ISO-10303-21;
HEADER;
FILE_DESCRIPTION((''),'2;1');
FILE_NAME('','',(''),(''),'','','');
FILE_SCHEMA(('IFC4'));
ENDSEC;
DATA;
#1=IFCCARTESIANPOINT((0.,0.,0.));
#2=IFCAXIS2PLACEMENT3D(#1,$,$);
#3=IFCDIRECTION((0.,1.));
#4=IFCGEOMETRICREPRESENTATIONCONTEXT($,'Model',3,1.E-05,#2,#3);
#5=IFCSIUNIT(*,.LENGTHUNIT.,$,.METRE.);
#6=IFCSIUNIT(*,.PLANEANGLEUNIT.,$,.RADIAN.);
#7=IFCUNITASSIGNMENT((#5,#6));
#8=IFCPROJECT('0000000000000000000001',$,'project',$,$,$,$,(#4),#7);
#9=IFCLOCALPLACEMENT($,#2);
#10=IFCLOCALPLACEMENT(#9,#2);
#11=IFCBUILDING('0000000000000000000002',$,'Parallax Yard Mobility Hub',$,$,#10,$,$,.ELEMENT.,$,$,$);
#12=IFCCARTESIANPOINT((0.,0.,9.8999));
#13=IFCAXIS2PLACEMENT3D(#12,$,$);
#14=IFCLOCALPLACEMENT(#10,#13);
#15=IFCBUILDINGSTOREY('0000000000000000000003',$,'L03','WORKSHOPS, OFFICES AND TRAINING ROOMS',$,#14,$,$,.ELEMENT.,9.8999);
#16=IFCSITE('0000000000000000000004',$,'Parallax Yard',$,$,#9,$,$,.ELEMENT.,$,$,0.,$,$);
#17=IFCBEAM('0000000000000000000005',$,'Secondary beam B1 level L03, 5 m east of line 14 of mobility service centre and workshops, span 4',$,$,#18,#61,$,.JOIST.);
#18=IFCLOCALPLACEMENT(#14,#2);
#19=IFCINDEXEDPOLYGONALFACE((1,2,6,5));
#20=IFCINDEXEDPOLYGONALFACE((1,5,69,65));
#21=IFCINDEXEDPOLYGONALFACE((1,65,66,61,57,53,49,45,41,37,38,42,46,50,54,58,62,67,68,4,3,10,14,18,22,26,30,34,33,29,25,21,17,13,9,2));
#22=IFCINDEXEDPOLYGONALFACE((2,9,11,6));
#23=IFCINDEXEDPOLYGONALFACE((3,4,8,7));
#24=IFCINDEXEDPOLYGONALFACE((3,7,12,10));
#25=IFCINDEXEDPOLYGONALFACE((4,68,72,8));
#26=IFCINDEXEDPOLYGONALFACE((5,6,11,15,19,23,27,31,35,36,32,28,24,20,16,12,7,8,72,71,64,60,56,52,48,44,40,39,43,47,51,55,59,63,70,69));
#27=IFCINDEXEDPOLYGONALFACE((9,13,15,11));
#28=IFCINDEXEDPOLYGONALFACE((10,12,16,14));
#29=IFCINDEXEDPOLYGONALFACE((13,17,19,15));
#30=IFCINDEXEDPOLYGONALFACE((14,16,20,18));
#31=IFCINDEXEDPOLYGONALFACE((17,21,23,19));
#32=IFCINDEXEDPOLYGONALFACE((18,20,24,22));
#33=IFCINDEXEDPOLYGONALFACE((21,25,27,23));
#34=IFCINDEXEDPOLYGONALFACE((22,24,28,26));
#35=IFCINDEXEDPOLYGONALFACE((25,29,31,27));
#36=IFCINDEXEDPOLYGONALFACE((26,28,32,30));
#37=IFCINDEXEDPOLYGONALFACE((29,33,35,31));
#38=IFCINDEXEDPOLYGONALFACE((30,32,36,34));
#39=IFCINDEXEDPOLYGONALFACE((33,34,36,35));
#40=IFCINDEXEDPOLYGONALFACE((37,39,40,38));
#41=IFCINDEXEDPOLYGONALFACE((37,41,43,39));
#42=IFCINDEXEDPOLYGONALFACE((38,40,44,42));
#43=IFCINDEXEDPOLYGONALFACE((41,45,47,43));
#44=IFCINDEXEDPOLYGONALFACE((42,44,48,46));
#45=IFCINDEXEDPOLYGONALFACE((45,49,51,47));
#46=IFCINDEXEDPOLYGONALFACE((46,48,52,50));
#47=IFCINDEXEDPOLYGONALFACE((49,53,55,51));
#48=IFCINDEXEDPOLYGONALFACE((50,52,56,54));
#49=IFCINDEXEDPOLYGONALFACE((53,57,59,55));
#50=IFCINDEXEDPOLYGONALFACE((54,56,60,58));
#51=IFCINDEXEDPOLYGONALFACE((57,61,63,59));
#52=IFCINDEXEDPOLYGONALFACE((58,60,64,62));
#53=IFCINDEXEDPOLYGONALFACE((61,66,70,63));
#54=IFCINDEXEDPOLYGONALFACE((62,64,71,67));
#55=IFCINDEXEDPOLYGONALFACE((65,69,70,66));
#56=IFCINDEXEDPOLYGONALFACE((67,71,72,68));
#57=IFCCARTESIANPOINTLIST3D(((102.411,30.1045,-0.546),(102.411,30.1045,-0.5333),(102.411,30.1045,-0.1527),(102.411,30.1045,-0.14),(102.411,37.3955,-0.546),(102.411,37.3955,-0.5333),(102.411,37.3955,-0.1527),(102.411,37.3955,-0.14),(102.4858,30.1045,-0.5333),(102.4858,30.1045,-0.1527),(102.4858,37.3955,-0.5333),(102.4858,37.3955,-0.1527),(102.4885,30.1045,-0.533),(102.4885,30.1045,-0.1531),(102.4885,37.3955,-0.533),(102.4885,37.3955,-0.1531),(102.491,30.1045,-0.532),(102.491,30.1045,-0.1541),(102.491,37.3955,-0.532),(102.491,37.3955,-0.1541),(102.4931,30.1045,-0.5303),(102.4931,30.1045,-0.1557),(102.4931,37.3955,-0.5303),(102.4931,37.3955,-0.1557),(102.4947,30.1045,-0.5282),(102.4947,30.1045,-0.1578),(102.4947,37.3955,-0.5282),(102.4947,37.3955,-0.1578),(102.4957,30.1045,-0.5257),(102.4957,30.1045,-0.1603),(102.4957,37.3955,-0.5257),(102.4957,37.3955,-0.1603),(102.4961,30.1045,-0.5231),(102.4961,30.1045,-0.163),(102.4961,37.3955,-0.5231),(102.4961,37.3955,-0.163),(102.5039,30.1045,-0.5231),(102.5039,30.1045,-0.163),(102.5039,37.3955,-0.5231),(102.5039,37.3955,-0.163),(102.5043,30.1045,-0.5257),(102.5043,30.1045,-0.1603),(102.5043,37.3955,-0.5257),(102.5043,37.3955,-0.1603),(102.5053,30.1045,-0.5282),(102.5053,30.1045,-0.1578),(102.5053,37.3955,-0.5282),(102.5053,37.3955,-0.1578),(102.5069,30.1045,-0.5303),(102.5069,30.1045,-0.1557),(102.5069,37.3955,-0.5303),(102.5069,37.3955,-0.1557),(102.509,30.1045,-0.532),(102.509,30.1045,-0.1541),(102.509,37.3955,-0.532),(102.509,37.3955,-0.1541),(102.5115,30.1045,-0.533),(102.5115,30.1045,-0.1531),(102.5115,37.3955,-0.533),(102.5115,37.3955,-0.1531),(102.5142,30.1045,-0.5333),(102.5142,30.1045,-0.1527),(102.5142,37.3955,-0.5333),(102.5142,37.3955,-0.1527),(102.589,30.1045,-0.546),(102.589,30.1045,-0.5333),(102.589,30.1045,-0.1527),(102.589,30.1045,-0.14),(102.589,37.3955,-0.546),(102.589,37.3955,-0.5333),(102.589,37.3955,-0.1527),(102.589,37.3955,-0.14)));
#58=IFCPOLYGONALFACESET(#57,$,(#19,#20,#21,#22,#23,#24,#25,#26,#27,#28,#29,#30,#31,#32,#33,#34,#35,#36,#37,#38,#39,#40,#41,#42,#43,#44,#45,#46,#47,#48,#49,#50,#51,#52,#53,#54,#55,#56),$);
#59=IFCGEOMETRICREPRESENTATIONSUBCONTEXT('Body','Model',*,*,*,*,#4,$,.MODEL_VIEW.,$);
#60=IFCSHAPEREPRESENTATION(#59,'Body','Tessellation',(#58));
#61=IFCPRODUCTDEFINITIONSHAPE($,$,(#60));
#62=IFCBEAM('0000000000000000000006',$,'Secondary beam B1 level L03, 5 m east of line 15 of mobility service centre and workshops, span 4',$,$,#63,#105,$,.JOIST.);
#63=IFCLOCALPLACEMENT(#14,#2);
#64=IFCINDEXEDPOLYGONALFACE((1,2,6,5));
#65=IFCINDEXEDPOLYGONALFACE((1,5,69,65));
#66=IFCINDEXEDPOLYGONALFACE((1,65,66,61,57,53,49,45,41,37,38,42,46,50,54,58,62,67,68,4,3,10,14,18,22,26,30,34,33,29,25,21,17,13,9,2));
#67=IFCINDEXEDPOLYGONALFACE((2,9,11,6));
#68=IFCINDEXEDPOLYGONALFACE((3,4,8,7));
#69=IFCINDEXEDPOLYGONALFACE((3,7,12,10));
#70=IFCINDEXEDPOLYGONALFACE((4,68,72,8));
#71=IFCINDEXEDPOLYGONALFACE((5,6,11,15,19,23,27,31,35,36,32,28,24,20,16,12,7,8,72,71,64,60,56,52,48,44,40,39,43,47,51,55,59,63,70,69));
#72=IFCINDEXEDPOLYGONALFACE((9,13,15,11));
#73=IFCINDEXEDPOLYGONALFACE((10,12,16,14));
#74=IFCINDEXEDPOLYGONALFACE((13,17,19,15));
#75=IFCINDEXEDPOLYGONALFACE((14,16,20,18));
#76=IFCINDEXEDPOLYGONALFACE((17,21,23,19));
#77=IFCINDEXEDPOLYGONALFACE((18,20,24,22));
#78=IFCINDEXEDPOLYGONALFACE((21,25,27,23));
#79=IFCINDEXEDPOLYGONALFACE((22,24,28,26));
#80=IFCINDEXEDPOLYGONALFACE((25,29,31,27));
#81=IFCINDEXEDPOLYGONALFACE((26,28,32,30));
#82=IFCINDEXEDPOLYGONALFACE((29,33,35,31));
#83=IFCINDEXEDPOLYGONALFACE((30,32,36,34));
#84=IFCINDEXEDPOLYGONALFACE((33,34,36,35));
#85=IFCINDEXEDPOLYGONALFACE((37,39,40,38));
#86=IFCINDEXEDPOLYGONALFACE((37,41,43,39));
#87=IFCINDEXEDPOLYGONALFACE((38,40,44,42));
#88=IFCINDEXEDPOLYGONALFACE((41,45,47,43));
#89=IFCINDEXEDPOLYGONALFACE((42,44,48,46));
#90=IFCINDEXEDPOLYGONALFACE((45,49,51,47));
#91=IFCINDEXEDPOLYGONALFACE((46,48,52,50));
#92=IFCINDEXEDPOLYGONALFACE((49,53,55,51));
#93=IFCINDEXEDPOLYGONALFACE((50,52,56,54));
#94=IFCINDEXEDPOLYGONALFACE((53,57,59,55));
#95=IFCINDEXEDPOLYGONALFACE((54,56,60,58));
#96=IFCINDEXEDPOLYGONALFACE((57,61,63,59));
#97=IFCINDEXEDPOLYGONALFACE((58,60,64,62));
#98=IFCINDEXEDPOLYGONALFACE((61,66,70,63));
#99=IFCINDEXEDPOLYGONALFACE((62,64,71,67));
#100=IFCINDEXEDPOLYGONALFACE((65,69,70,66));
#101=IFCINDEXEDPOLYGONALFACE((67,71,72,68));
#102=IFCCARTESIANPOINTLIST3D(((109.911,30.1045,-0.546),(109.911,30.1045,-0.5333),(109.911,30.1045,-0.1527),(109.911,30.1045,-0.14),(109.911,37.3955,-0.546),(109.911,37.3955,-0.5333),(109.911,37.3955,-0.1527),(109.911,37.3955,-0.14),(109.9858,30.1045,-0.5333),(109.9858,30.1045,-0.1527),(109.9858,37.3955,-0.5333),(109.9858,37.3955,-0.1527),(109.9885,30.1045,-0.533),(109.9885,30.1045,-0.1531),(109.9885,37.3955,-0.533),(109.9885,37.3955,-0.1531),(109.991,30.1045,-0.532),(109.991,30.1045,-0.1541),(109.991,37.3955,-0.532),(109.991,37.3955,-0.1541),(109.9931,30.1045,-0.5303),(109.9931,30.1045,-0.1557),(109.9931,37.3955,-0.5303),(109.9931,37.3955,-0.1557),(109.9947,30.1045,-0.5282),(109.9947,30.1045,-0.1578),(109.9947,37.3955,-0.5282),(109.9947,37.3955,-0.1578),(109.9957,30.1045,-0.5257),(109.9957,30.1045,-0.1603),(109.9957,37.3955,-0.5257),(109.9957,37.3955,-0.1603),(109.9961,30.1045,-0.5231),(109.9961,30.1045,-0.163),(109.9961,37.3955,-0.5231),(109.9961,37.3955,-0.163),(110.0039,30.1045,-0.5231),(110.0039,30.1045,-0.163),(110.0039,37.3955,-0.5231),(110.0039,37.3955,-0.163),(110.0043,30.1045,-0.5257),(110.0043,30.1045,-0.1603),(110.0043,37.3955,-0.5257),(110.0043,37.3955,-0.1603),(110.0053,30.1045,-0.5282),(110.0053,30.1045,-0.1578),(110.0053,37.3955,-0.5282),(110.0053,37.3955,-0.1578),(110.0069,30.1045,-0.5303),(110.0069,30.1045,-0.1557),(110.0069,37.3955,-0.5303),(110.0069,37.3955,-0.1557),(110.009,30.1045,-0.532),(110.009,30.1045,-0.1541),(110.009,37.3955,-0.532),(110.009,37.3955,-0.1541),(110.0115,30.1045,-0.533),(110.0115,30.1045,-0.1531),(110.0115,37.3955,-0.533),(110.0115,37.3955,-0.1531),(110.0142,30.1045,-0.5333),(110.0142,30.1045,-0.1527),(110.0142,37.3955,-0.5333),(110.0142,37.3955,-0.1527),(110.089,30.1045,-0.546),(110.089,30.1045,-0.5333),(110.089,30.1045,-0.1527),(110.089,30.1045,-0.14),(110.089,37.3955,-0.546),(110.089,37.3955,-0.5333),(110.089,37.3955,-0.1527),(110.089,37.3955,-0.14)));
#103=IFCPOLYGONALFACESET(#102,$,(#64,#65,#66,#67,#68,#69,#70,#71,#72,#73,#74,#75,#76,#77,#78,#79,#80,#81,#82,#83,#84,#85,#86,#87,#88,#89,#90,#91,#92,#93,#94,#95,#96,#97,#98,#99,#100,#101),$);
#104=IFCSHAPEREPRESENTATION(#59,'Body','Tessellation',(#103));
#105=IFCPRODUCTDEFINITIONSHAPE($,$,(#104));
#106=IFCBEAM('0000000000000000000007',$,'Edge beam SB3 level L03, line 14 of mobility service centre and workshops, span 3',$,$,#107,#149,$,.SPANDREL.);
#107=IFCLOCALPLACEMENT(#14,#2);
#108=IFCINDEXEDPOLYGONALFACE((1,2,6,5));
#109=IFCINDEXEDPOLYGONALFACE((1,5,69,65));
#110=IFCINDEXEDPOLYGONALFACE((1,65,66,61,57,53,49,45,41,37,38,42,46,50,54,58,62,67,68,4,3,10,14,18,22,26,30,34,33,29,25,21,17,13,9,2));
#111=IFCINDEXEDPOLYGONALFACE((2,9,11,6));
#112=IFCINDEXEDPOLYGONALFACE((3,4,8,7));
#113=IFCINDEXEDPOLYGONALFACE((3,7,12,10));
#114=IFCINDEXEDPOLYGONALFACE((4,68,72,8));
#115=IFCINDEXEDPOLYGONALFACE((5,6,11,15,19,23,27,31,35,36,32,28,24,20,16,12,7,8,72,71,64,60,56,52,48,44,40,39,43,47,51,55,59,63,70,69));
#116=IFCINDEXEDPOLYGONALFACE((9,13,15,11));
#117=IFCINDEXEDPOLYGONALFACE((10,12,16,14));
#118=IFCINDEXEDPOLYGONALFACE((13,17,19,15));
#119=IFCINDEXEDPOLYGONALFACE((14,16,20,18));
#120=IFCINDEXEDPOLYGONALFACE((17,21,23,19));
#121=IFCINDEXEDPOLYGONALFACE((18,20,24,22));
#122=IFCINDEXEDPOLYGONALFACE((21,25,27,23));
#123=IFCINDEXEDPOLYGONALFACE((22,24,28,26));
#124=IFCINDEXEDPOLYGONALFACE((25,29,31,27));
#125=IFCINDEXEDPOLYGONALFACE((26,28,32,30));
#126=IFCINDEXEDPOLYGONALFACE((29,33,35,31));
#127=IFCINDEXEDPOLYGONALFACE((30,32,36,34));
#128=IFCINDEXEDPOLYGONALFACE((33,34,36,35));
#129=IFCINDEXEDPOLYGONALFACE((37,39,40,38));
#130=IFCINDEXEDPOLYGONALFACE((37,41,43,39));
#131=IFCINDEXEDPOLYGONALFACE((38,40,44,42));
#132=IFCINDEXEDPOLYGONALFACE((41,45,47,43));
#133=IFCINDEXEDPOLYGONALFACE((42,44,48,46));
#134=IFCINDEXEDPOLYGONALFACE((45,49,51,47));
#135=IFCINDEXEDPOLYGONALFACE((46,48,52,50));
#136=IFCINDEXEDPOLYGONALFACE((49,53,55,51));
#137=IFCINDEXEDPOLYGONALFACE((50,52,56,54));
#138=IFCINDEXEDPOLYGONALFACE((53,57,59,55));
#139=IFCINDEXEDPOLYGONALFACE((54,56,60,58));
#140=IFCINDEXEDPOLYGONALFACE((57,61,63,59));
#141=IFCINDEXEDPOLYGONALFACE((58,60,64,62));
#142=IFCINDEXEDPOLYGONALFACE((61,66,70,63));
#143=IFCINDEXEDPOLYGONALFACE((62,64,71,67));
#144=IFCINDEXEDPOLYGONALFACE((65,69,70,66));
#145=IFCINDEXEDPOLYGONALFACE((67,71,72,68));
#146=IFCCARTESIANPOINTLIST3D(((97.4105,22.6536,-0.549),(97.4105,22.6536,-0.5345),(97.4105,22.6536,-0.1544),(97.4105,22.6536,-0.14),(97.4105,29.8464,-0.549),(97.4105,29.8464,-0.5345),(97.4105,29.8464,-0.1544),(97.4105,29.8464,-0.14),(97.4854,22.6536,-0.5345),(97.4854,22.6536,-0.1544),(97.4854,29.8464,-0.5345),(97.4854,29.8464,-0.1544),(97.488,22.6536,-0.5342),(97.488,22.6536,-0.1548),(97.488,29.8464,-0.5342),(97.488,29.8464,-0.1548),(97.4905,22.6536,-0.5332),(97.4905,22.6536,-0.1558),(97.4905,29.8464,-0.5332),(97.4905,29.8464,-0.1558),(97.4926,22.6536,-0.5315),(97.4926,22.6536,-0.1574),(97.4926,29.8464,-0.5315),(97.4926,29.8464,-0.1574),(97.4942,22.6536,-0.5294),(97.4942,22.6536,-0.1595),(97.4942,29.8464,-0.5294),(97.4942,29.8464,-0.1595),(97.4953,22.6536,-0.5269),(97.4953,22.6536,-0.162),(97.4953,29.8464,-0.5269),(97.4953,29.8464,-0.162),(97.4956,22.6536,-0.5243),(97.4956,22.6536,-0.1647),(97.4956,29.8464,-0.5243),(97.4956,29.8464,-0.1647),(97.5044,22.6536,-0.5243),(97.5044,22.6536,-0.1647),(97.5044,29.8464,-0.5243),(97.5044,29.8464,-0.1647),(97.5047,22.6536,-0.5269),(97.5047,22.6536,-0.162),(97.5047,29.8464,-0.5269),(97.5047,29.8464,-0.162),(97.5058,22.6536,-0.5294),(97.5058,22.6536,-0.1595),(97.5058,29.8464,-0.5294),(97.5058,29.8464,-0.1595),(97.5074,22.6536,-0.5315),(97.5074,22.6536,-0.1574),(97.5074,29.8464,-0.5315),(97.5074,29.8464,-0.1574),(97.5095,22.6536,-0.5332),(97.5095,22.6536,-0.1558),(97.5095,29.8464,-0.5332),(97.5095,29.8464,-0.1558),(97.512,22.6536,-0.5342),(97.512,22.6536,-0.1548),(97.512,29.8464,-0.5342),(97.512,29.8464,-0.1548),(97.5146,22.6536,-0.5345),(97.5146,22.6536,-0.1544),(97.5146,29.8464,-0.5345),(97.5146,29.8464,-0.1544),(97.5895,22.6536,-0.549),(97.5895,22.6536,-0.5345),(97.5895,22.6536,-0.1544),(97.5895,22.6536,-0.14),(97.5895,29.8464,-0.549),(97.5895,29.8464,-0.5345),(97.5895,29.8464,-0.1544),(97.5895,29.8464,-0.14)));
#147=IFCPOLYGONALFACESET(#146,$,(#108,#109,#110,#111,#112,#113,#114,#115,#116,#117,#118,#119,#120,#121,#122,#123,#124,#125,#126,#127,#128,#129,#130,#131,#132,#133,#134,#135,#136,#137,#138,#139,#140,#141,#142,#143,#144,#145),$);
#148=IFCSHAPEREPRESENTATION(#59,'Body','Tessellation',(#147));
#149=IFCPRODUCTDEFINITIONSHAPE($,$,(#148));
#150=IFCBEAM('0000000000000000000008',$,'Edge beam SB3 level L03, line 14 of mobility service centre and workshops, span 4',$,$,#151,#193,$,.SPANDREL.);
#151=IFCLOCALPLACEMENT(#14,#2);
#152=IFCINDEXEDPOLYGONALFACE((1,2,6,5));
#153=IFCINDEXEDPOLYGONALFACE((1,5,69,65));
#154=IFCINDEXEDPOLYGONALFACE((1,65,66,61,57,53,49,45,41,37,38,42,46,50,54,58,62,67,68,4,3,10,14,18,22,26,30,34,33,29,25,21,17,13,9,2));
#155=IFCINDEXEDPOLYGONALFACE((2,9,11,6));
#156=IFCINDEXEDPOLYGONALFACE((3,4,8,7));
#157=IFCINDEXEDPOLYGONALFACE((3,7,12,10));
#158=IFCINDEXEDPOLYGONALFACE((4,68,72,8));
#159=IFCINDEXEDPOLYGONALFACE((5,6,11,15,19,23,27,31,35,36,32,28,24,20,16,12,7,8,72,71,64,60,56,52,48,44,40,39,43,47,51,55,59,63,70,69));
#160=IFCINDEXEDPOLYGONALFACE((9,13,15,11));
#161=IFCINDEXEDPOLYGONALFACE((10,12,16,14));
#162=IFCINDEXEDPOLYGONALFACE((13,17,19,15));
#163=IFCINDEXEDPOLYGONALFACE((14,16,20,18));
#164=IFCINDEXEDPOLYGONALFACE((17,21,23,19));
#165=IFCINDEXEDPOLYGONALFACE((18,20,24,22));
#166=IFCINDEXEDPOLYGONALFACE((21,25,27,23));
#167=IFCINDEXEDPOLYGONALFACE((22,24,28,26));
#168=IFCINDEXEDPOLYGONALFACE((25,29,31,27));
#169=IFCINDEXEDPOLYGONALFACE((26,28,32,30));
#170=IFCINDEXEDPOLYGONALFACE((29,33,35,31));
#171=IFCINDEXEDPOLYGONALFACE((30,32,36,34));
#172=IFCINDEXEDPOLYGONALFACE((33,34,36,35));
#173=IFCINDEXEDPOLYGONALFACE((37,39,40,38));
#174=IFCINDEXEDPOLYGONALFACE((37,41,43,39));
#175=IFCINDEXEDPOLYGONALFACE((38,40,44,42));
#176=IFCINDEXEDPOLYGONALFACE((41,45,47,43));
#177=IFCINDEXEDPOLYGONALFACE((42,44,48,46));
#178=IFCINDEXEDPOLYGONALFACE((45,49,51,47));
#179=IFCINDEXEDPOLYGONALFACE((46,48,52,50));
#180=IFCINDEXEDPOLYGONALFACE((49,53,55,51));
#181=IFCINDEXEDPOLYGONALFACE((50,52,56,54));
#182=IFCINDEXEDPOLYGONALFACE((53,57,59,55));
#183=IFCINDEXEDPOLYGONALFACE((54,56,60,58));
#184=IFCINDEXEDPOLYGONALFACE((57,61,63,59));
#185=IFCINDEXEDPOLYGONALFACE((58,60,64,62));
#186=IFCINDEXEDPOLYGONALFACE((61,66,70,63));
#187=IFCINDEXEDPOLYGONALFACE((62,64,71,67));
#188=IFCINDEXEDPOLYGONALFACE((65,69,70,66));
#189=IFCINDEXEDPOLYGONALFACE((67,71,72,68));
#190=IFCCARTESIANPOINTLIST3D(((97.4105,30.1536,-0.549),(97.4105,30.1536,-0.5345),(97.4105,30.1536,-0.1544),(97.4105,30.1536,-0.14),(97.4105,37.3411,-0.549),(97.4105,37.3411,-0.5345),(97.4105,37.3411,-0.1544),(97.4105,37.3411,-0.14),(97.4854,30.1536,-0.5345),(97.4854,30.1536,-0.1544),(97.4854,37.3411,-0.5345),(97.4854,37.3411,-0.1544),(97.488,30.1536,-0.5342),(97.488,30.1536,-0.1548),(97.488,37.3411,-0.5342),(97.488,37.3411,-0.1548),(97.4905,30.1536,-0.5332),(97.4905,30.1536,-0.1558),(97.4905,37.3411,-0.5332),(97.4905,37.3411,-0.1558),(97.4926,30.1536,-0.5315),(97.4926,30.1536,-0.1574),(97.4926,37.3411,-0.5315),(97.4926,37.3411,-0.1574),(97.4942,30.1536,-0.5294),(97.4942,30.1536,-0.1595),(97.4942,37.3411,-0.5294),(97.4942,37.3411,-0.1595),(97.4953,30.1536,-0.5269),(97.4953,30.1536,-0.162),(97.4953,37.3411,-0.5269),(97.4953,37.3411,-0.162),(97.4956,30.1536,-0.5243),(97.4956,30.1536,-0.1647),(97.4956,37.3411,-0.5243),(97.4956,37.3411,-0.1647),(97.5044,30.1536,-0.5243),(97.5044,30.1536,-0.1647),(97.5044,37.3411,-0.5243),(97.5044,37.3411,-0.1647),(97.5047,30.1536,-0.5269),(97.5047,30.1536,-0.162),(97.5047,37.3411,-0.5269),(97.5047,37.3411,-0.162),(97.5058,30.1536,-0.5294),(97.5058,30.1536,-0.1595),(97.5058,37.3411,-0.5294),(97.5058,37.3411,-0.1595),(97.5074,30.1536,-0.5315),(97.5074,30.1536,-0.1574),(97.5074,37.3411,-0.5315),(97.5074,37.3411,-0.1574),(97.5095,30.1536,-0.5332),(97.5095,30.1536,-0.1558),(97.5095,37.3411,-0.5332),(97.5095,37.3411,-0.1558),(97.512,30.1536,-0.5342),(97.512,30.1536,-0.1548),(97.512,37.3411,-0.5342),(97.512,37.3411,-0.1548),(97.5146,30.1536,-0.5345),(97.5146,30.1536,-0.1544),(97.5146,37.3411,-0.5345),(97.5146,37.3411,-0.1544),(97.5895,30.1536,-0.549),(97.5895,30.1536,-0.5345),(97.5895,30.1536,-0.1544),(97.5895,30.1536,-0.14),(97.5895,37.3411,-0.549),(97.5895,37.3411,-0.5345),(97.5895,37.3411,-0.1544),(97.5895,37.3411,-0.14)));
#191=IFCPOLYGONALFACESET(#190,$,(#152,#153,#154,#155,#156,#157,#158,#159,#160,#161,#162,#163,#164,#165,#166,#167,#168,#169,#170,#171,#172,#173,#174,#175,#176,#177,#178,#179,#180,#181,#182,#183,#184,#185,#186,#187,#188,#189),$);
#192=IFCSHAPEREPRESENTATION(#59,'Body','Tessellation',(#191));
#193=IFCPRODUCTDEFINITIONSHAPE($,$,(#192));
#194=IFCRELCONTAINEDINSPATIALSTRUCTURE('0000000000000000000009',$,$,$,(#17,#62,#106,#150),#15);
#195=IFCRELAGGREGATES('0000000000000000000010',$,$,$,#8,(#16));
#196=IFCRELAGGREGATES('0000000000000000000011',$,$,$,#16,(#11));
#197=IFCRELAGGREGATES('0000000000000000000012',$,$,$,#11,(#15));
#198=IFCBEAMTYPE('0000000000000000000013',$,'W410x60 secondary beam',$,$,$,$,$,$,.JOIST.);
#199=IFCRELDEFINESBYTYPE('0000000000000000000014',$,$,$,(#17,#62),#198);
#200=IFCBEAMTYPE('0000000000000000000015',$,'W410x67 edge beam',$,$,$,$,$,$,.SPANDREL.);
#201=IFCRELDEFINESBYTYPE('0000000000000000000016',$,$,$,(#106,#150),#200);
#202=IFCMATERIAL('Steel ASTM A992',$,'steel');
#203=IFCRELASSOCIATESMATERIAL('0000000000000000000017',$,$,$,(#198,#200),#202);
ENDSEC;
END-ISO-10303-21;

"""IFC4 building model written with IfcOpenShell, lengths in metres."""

from ifc_helpers import new_model, si_unit, direction, frame, origin, origin_2d, place, context, subcontext, project, spatial, i_section, extrude, material, material_profile, profile_set, type_object, element, save


model = new_model("IFC4")

# Units and contexts
model_context = context("Model", 3, precision=1e-05, world=origin(), true_north=direction((0.0, 1.0)))
body_context = subcontext(model_context, "Body", "Model", "MODEL_VIEW")
ifc_project = project(units=[si_unit("LENGTHUNIT", "METRE"), si_unit("PLANEANGLEUNIT", "RADIAN")], contexts=[model_context])

# Site, building, storey
site_placement = place(None, origin())
site = spatial("IfcSite", under=ifc_project, at=site_placement, Name="Parallax Yard", CompositionType="ELEMENT", RefElevation=0.0)
building_placement = place(site_placement, origin())
building = spatial("IfcBuilding", under=site, at=building_placement, Name="Parallax Yard Mobility Hub", CompositionType="ELEMENT")
storey_placement = place(building_placement, frame((0.0, 0.0, 9.8999)))
storey = spatial("IfcBuildingStorey", under=building, at=storey_placement, Name="L03", Description="WORKSHOPS, OFFICES AND TRAINING ROOMS", CompositionType="ELEMENT", Elevation=9.8999)

# Shared definitions
ifc_material_1 = material(Name="Steel ASTM A992", Category="steel")

# Beams
ifc_material_profile_1 = material_profile(ifc_material_1, i_section(OverallWidth=0.178, OverallDepth=0.406, WebThickness=0.0078, FlangeThickness=0.0127, FilletRadius=0.0103, at=origin_2d()), Name="W410x60")
ifc_profile_set_1 = profile_set([ifc_material_profile_1], Name="Steel ASTM A992")
beam_type_1 = type_object("IfcBeamType", Name="W410x60 secondary beam", PredefinedType="JOIST", material=ifc_profile_set_1)
for number, where, z_axis, x_axis, name in (
    (1, (102.5, 30.1045, -0.343), (0.0, 1.0, 0.0), (-1.0, 0.0, 0.0), "Secondary beam B1 level L03, 5 m east of line 14 of mobility service centre and workshops, span 4"),
    (2, (110.0, 30.1045, -0.343), (0.0, 1.0, 0.0), (-1.0, 0.0, 0.0), "Secondary beam B1 level L03, 5 m east of line 15 of mobility service centre and workshops, span 4"),
):
    element("IfcBeam", number, at=place(storey_placement, frame(where, z_axis=z_axis, x_axis=x_axis)), inside=storey, type_object=beam_type_1, Name=name, PredefinedType="JOIST", context=body_context, shape_type="SweptSolid", body=[
        extrude(i_section(OverallWidth=0.178, OverallDepth=0.406, WebThickness=0.0078, FlangeThickness=0.0127, FilletRadius=0.0103, at=origin_2d()), origin(), (0.0, 0.0, 1.0), 7.291),
    ])
ifc_material_profile_2 = material_profile(ifc_material_1, i_section(OverallWidth=0.179, OverallDepth=0.4089, WebThickness=0.0088, FlangeThickness=0.0144, FilletRadius=0.0103, at=origin_2d()), Name="W410x67")
ifc_profile_set_2 = profile_set([ifc_material_profile_2], Name="Steel ASTM A992")
beam_type_2 = type_object("IfcBeamType", Name="W410x67 edge beam", PredefinedType="SPANDREL", material=ifc_profile_set_2)
beam_1_placement = place(storey_placement, frame((97.5, 22.6536, -0.3445), z_axis=(0.0, 1.0, 0.0), x_axis=(-1.0, 0.0, 0.0)))
element("IfcBeam", 3, at=beam_1_placement, inside=storey, type_object=beam_type_2, Name="Edge beam SB3 level L03, line 14 of mobility service centre and workshops, span 3", PredefinedType="SPANDREL", context=body_context, shape_type="SweptSolid", body=[
    extrude(i_section(OverallWidth=0.179, OverallDepth=0.4089, WebThickness=0.0088, FlangeThickness=0.0144, FilletRadius=0.0103, at=origin_2d()), origin(), (0.0, 0.0, 1.0), 7.1929),
])
beam_2_placement = place(storey_placement, frame((97.5, 30.1536, -0.3445), z_axis=(0.0, 1.0, 0.0), x_axis=(-1.0, 0.0, 0.0)))
element("IfcBeam", 4, at=beam_2_placement, inside=storey, type_object=beam_type_2, Name="Edge beam SB3 level L03, line 14 of mobility service centre and workshops, span 4", PredefinedType="SPANDREL", context=body_context, shape_type="SweptSolid", body=[
    extrude(i_section(OverallWidth=0.179, OverallDepth=0.4089, WebThickness=0.0088, FlangeThickness=0.0144, FilletRadius=0.0103, at=origin_2d()), origin(), (0.0, 0.0, 1.0), 7.1875),
])

save(model, "model.ifc")
